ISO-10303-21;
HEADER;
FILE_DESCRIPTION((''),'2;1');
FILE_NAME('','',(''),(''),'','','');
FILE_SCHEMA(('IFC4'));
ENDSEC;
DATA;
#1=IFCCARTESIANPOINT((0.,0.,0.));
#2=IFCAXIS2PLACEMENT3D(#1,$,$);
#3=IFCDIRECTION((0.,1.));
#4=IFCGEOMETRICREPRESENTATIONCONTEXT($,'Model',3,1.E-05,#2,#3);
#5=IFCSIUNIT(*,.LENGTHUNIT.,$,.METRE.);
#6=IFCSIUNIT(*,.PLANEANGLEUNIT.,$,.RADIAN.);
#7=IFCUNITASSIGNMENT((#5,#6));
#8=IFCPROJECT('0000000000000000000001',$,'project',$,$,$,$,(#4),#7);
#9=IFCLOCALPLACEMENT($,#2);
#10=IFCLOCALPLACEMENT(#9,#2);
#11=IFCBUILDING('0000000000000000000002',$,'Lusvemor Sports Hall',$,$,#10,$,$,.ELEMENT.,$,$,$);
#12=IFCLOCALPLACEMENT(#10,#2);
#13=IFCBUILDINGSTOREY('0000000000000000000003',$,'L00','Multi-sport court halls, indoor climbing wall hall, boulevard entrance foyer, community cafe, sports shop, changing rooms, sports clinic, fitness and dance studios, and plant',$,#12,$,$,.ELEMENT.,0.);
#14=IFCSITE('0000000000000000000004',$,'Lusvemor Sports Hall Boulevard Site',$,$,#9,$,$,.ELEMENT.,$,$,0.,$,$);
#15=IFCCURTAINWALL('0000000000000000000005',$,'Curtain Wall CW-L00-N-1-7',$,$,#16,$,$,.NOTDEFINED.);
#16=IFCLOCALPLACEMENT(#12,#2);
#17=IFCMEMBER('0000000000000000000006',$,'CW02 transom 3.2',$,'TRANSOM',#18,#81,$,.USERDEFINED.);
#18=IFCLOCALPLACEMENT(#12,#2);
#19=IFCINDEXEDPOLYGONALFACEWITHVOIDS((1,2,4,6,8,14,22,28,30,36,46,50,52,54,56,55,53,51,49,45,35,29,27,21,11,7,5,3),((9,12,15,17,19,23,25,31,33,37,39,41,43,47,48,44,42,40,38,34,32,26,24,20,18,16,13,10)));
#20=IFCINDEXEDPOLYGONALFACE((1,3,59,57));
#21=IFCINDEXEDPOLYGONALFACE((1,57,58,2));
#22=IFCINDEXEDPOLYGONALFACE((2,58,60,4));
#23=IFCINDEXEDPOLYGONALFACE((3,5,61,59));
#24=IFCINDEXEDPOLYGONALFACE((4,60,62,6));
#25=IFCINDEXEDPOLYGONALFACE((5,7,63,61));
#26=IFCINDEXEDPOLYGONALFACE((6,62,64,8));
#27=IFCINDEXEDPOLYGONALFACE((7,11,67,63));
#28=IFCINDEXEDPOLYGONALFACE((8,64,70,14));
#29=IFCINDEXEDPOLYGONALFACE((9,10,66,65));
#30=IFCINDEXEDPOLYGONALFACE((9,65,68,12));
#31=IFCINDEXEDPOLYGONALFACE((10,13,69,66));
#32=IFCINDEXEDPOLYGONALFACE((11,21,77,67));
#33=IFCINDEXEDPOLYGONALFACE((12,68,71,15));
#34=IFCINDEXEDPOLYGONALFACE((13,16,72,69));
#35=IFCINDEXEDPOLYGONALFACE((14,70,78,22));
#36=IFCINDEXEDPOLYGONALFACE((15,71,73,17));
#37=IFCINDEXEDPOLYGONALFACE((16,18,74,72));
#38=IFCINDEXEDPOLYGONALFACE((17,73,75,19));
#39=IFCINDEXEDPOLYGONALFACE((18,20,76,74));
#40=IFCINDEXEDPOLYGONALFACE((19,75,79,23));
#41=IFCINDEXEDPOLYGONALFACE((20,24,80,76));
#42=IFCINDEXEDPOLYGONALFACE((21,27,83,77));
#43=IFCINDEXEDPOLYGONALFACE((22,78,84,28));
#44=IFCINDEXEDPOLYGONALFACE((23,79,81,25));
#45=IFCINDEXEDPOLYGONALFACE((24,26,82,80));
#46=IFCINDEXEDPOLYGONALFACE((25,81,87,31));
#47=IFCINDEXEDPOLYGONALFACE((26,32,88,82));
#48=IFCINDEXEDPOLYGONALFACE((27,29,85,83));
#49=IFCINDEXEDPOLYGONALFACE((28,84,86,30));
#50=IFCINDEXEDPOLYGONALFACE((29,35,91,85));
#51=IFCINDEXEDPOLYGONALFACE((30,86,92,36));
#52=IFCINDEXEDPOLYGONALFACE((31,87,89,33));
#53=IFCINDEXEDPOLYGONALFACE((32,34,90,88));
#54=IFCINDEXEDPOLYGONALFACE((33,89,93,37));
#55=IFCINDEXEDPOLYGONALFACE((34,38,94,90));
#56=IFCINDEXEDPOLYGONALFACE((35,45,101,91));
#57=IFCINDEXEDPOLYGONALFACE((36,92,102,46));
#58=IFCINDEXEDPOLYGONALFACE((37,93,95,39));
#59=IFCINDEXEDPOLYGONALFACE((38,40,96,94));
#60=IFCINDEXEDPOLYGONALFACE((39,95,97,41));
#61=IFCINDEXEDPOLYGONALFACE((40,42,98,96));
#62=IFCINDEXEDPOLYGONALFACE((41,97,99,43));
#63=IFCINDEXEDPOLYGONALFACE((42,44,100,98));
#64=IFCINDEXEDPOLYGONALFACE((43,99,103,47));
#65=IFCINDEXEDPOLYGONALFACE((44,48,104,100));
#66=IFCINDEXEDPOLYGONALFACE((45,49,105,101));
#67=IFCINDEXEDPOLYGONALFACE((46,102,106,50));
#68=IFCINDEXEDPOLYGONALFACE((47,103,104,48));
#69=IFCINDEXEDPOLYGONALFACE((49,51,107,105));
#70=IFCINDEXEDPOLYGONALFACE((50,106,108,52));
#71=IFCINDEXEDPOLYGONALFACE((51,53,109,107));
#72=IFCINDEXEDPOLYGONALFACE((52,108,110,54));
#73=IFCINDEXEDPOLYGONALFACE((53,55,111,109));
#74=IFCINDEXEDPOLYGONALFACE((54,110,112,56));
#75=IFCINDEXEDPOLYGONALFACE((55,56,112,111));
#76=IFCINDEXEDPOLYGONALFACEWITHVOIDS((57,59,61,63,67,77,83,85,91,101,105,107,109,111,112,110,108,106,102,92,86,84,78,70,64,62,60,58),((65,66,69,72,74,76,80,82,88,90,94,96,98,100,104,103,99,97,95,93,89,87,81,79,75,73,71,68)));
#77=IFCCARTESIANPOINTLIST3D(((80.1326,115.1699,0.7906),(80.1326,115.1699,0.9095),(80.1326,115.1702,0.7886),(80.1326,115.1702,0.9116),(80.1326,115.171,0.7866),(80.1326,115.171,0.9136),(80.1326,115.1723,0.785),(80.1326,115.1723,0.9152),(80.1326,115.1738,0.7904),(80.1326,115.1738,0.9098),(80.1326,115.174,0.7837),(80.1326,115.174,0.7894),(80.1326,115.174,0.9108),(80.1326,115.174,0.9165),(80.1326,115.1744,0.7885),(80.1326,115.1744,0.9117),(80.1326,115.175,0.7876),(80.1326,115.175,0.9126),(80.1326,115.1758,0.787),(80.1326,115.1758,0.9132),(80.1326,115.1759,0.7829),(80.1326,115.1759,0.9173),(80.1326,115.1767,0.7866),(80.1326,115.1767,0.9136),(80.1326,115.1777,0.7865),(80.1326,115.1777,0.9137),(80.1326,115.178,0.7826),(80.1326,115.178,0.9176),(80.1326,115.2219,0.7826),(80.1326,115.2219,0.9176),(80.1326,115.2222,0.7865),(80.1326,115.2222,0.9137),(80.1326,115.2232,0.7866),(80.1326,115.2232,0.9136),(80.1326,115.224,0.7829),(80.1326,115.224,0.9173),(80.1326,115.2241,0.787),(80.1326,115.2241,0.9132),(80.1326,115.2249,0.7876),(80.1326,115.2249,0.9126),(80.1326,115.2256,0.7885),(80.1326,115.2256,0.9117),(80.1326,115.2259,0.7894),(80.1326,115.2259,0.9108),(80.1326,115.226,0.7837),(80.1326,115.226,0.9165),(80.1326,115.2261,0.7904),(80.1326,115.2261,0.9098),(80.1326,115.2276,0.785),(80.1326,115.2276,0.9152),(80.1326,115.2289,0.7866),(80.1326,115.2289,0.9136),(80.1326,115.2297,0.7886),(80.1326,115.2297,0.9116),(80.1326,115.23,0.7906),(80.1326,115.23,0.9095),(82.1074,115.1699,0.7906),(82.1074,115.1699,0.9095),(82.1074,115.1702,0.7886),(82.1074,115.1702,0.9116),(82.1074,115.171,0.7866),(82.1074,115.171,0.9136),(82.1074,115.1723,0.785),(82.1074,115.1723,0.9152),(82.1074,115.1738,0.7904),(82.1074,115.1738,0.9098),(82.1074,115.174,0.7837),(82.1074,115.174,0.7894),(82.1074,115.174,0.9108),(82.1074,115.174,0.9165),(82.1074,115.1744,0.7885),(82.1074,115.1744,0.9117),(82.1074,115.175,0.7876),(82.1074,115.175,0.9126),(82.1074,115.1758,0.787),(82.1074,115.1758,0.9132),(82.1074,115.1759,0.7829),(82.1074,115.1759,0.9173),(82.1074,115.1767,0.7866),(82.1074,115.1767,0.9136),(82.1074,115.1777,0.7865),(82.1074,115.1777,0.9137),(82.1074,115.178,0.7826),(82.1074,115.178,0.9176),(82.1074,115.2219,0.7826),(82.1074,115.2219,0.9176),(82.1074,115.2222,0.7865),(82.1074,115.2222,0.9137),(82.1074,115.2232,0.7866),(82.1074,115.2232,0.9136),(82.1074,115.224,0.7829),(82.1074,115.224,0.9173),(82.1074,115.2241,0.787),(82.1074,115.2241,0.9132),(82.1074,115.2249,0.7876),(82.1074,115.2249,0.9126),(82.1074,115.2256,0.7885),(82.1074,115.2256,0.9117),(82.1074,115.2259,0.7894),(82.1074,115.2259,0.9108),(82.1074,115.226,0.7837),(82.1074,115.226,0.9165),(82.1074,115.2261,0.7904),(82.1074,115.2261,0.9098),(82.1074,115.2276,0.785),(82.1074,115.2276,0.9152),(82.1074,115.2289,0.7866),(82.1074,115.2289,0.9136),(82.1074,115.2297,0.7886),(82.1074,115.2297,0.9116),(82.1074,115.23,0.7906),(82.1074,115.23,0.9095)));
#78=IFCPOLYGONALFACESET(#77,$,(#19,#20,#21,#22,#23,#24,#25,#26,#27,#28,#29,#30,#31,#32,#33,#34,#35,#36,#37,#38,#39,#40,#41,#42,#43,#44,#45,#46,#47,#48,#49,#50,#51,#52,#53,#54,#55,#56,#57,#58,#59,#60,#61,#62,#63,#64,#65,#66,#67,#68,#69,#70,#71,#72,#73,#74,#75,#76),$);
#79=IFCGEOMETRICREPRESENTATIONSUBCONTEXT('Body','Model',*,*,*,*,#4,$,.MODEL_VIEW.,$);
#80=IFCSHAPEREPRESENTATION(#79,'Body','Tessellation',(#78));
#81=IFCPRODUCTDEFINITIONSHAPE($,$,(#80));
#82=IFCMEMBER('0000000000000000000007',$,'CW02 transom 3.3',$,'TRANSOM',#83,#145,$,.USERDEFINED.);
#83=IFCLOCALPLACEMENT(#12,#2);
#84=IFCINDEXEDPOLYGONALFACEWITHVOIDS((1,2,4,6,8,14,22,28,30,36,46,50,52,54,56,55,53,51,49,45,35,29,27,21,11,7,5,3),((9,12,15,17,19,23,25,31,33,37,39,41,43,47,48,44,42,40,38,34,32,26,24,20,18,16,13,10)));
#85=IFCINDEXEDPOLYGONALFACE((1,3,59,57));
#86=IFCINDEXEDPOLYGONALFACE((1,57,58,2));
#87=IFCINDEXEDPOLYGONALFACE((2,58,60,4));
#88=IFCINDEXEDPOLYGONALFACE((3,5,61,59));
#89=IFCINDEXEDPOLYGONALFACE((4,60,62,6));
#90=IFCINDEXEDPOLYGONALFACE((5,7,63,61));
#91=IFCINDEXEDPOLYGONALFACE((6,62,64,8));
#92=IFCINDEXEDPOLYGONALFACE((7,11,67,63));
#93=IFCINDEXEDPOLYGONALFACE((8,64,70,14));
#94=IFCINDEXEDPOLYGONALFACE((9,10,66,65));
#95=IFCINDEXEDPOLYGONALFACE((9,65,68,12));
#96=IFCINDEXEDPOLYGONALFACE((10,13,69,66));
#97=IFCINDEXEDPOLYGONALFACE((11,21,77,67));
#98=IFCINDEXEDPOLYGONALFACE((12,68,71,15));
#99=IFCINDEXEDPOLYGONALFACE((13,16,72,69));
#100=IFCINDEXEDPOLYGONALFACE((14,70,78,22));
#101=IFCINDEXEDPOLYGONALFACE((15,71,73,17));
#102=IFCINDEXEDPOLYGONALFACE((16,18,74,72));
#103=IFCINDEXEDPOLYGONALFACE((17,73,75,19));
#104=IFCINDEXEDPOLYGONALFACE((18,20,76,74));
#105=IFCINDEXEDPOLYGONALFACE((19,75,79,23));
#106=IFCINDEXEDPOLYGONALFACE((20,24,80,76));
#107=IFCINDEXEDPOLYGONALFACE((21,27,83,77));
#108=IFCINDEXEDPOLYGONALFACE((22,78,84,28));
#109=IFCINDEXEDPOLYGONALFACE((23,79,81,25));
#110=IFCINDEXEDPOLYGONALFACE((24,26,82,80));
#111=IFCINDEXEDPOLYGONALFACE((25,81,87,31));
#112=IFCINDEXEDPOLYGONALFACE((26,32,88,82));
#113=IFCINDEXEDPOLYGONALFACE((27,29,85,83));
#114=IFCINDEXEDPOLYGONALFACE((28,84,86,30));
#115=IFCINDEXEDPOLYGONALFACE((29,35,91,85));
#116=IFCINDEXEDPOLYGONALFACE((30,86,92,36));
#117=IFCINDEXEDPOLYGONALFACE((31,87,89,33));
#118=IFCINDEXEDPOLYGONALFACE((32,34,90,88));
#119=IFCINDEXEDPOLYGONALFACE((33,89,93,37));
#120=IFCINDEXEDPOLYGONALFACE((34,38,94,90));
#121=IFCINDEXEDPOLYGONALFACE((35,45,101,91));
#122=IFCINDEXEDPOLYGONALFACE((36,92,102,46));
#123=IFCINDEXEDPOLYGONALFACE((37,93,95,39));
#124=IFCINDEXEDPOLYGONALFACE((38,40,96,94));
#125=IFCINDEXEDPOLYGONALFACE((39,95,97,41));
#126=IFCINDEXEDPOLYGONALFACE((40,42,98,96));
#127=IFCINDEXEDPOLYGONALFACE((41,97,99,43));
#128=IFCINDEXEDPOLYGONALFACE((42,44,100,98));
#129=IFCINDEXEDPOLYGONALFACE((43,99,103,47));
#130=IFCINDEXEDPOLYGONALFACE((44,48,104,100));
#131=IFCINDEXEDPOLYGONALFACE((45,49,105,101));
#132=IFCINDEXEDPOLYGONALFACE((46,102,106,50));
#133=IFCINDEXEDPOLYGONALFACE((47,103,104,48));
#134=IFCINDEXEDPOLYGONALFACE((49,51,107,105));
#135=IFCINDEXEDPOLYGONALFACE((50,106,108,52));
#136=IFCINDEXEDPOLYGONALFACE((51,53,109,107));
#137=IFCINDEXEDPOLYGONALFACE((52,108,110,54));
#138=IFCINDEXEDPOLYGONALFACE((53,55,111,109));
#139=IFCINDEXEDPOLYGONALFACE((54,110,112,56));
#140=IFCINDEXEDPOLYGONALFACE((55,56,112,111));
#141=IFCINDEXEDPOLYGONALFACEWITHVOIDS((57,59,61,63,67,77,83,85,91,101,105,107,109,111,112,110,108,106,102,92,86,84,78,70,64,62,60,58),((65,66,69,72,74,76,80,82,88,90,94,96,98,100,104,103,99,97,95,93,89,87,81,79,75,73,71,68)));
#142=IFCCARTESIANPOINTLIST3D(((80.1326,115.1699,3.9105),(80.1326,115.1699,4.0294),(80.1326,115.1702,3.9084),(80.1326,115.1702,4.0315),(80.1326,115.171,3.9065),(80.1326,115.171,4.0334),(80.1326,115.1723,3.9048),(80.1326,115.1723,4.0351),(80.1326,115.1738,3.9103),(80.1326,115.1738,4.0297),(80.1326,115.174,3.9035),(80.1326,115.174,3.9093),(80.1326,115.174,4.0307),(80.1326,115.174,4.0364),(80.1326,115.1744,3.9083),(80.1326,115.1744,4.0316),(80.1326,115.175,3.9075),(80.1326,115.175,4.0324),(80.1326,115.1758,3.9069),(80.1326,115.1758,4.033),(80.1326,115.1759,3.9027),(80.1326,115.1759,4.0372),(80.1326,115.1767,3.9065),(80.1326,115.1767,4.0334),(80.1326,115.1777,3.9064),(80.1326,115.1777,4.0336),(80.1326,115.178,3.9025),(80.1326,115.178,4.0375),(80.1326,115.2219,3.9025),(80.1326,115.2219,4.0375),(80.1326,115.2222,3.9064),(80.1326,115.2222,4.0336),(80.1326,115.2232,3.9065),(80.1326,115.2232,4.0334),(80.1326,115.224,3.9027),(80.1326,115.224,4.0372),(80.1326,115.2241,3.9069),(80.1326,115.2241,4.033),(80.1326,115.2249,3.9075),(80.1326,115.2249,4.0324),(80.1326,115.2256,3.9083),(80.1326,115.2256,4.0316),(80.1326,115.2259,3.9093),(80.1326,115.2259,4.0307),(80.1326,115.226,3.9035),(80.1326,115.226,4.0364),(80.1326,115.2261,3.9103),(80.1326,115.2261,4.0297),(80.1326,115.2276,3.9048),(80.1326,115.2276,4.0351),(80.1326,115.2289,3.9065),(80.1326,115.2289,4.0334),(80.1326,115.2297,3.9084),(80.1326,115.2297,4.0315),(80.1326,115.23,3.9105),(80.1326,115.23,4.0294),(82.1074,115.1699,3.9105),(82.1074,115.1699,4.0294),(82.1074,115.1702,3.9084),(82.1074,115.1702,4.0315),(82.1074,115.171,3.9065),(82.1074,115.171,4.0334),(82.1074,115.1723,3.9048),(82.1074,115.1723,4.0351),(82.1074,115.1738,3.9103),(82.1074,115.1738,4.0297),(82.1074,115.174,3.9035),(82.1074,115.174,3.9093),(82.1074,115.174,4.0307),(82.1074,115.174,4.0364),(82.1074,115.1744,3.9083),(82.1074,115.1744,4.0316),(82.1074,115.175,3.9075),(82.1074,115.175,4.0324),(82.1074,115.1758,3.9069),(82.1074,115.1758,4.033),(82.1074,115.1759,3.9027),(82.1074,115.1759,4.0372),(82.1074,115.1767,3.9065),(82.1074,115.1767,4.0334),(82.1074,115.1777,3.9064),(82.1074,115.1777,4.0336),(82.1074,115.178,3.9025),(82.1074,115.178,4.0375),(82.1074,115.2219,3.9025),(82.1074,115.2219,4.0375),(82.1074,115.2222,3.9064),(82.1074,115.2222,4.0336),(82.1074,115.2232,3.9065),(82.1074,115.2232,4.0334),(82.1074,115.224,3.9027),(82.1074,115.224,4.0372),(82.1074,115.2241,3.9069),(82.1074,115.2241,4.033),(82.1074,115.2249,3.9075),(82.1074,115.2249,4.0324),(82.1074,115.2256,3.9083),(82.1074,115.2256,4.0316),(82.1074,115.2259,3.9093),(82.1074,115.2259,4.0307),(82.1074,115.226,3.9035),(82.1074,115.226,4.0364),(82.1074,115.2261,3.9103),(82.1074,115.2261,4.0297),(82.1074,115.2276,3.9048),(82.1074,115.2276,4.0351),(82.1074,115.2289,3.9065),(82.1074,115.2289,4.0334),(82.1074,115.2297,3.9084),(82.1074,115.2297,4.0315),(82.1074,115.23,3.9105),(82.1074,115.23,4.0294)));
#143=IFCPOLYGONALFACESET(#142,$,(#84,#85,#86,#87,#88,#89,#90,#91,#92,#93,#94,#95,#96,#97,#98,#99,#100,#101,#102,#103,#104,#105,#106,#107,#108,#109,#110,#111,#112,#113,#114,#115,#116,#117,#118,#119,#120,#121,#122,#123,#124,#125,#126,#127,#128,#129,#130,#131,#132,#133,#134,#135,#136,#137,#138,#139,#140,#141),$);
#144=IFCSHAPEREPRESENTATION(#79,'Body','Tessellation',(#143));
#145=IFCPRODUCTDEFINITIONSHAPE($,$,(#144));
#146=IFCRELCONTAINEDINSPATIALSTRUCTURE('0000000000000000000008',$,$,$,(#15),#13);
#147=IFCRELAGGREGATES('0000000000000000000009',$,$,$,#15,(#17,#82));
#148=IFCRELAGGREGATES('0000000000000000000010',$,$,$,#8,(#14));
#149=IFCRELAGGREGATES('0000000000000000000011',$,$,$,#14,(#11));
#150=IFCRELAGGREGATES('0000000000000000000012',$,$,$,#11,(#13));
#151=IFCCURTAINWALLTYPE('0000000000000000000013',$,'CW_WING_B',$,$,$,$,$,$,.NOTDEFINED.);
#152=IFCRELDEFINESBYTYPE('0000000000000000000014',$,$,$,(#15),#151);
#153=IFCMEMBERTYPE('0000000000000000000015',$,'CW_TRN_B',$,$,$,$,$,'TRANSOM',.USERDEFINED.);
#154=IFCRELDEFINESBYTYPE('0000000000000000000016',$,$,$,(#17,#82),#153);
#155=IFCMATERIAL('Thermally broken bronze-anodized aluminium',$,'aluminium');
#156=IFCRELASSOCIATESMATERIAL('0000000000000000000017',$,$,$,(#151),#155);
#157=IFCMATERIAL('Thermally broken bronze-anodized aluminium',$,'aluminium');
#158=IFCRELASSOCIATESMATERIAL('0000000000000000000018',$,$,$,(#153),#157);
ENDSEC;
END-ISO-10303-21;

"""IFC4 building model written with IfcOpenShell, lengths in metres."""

from ifc_helpers import new_model, si_unit, direction, frame, origin, origin_2d, place, context, subcontext, project, spatial, hollow_rectangle, extrude, material, material_profile, profile_set, type_object, element, aggregate, save


model = new_model("IFC4")

# Units and contexts
model_context = context("Model", 3, precision=1e-05, world=origin(), true_north=direction((0.0, 1.0)))
body_context = subcontext(model_context, "Body", "Model", "MODEL_VIEW")
ifc_project = project(units=[si_unit("LENGTHUNIT", "METRE"), si_unit("PLANEANGLEUNIT", "RADIAN")], contexts=[model_context])

# Site, building, storey
site_placement = place(None, origin())
site = spatial("IfcSite", under=ifc_project, at=site_placement, Name="Lusvemor Sports Hall Boulevard Site", CompositionType="ELEMENT", RefElevation=0.0)
building_placement = place(site_placement, origin())
building = spatial("IfcBuilding", under=site, at=building_placement, Name="Lusvemor Sports Hall", CompositionType="ELEMENT")
storey_placement = place(building_placement, origin())
storey = spatial("IfcBuildingStorey", under=building, at=storey_placement, Name="L00", Description="Multi-sport court halls, indoor climbing wall hall, boulevard entrance foyer, community cafe, sports shop, changing rooms, sports clinic, fitness and dance studios, and plant", CompositionType="ELEMENT", Elevation=0.0)

# Curtain wall, members
ifc_material_1 = material(Name="Thermally broken bronze-anodized aluminium", Category="aluminium")
curtain_wall_type = type_object("IfcCurtainWallType", Name="CW_WING_B", PredefinedType="NOTDEFINED", material=ifc_material_1)
curtain_wall_placement = place(storey_placement, origin())
curtain_wall = element("IfcCurtainWall", 1, at=curtain_wall_placement, inside=storey, type_object=curtain_wall_type, Name="Curtain Wall CW-L00-N-1-7", PredefinedType="NOTDEFINED")
ifc_material_2 = material(Name="Thermally broken bronze-anodized aluminium", Category="aluminium")
ifc_material_profile_1 = material_profile(ifc_material_2, hollow_rectangle(XDim=0.0601, YDim=0.135, WallThickness=0.0039, InnerFilletRadius=0.0039, OuterFilletRadius=0.0081, at=origin_2d()), Name="CWTRN135x60x4")
ifc_profile_set_1 = profile_set([ifc_material_profile_1], Name="Thermally broken bronze-anodized aluminium")
member_type_1 = type_object("IfcMemberType", Name="CW_TRN_B", ElementType="TRANSOM", PredefinedType="USERDEFINED", material=ifc_profile_set_1)
member_1_placement = place(storey_placement, frame((80.1326, 115.2, 0.8501), z_axis=(1.0, 0.0, 0.0), x_axis=(0.0, 1.0, 0.0)))
member_1 = element("IfcMember", 2, at=member_1_placement, type_object=member_type_1, Name="CW02 transom 3.2", ObjectType="TRANSOM", PredefinedType="USERDEFINED", context=body_context, shape_type="SweptSolid", body=[
    extrude(hollow_rectangle(XDim=0.0601, YDim=0.135, WallThickness=0.0039, InnerFilletRadius=0.0039, OuterFilletRadius=0.0081, at=origin_2d()), origin(), (0.0, 0.0, 1.0), 1.9749),
])
member_2_placement = place(storey_placement, frame((80.1326, 115.2, 3.97), z_axis=(1.0, 0.0, 0.0), x_axis=(0.0, 1.0, 0.0)))
member_2 = element("IfcMember", 3, at=member_2_placement, type_object=member_type_1, Name="CW02 transom 3.3", ObjectType="TRANSOM", PredefinedType="USERDEFINED", context=body_context, shape_type="SweptSolid", body=[
    extrude(hollow_rectangle(XDim=0.0601, YDim=0.135, WallThickness=0.0039, InnerFilletRadius=0.0039, OuterFilletRadius=0.0081, at=origin_2d()), origin(), (0.0, 0.0, 1.0), 1.9749),
])
aggregate(curtain_wall, [member_1, member_2])

save(model, "model.ifc")
